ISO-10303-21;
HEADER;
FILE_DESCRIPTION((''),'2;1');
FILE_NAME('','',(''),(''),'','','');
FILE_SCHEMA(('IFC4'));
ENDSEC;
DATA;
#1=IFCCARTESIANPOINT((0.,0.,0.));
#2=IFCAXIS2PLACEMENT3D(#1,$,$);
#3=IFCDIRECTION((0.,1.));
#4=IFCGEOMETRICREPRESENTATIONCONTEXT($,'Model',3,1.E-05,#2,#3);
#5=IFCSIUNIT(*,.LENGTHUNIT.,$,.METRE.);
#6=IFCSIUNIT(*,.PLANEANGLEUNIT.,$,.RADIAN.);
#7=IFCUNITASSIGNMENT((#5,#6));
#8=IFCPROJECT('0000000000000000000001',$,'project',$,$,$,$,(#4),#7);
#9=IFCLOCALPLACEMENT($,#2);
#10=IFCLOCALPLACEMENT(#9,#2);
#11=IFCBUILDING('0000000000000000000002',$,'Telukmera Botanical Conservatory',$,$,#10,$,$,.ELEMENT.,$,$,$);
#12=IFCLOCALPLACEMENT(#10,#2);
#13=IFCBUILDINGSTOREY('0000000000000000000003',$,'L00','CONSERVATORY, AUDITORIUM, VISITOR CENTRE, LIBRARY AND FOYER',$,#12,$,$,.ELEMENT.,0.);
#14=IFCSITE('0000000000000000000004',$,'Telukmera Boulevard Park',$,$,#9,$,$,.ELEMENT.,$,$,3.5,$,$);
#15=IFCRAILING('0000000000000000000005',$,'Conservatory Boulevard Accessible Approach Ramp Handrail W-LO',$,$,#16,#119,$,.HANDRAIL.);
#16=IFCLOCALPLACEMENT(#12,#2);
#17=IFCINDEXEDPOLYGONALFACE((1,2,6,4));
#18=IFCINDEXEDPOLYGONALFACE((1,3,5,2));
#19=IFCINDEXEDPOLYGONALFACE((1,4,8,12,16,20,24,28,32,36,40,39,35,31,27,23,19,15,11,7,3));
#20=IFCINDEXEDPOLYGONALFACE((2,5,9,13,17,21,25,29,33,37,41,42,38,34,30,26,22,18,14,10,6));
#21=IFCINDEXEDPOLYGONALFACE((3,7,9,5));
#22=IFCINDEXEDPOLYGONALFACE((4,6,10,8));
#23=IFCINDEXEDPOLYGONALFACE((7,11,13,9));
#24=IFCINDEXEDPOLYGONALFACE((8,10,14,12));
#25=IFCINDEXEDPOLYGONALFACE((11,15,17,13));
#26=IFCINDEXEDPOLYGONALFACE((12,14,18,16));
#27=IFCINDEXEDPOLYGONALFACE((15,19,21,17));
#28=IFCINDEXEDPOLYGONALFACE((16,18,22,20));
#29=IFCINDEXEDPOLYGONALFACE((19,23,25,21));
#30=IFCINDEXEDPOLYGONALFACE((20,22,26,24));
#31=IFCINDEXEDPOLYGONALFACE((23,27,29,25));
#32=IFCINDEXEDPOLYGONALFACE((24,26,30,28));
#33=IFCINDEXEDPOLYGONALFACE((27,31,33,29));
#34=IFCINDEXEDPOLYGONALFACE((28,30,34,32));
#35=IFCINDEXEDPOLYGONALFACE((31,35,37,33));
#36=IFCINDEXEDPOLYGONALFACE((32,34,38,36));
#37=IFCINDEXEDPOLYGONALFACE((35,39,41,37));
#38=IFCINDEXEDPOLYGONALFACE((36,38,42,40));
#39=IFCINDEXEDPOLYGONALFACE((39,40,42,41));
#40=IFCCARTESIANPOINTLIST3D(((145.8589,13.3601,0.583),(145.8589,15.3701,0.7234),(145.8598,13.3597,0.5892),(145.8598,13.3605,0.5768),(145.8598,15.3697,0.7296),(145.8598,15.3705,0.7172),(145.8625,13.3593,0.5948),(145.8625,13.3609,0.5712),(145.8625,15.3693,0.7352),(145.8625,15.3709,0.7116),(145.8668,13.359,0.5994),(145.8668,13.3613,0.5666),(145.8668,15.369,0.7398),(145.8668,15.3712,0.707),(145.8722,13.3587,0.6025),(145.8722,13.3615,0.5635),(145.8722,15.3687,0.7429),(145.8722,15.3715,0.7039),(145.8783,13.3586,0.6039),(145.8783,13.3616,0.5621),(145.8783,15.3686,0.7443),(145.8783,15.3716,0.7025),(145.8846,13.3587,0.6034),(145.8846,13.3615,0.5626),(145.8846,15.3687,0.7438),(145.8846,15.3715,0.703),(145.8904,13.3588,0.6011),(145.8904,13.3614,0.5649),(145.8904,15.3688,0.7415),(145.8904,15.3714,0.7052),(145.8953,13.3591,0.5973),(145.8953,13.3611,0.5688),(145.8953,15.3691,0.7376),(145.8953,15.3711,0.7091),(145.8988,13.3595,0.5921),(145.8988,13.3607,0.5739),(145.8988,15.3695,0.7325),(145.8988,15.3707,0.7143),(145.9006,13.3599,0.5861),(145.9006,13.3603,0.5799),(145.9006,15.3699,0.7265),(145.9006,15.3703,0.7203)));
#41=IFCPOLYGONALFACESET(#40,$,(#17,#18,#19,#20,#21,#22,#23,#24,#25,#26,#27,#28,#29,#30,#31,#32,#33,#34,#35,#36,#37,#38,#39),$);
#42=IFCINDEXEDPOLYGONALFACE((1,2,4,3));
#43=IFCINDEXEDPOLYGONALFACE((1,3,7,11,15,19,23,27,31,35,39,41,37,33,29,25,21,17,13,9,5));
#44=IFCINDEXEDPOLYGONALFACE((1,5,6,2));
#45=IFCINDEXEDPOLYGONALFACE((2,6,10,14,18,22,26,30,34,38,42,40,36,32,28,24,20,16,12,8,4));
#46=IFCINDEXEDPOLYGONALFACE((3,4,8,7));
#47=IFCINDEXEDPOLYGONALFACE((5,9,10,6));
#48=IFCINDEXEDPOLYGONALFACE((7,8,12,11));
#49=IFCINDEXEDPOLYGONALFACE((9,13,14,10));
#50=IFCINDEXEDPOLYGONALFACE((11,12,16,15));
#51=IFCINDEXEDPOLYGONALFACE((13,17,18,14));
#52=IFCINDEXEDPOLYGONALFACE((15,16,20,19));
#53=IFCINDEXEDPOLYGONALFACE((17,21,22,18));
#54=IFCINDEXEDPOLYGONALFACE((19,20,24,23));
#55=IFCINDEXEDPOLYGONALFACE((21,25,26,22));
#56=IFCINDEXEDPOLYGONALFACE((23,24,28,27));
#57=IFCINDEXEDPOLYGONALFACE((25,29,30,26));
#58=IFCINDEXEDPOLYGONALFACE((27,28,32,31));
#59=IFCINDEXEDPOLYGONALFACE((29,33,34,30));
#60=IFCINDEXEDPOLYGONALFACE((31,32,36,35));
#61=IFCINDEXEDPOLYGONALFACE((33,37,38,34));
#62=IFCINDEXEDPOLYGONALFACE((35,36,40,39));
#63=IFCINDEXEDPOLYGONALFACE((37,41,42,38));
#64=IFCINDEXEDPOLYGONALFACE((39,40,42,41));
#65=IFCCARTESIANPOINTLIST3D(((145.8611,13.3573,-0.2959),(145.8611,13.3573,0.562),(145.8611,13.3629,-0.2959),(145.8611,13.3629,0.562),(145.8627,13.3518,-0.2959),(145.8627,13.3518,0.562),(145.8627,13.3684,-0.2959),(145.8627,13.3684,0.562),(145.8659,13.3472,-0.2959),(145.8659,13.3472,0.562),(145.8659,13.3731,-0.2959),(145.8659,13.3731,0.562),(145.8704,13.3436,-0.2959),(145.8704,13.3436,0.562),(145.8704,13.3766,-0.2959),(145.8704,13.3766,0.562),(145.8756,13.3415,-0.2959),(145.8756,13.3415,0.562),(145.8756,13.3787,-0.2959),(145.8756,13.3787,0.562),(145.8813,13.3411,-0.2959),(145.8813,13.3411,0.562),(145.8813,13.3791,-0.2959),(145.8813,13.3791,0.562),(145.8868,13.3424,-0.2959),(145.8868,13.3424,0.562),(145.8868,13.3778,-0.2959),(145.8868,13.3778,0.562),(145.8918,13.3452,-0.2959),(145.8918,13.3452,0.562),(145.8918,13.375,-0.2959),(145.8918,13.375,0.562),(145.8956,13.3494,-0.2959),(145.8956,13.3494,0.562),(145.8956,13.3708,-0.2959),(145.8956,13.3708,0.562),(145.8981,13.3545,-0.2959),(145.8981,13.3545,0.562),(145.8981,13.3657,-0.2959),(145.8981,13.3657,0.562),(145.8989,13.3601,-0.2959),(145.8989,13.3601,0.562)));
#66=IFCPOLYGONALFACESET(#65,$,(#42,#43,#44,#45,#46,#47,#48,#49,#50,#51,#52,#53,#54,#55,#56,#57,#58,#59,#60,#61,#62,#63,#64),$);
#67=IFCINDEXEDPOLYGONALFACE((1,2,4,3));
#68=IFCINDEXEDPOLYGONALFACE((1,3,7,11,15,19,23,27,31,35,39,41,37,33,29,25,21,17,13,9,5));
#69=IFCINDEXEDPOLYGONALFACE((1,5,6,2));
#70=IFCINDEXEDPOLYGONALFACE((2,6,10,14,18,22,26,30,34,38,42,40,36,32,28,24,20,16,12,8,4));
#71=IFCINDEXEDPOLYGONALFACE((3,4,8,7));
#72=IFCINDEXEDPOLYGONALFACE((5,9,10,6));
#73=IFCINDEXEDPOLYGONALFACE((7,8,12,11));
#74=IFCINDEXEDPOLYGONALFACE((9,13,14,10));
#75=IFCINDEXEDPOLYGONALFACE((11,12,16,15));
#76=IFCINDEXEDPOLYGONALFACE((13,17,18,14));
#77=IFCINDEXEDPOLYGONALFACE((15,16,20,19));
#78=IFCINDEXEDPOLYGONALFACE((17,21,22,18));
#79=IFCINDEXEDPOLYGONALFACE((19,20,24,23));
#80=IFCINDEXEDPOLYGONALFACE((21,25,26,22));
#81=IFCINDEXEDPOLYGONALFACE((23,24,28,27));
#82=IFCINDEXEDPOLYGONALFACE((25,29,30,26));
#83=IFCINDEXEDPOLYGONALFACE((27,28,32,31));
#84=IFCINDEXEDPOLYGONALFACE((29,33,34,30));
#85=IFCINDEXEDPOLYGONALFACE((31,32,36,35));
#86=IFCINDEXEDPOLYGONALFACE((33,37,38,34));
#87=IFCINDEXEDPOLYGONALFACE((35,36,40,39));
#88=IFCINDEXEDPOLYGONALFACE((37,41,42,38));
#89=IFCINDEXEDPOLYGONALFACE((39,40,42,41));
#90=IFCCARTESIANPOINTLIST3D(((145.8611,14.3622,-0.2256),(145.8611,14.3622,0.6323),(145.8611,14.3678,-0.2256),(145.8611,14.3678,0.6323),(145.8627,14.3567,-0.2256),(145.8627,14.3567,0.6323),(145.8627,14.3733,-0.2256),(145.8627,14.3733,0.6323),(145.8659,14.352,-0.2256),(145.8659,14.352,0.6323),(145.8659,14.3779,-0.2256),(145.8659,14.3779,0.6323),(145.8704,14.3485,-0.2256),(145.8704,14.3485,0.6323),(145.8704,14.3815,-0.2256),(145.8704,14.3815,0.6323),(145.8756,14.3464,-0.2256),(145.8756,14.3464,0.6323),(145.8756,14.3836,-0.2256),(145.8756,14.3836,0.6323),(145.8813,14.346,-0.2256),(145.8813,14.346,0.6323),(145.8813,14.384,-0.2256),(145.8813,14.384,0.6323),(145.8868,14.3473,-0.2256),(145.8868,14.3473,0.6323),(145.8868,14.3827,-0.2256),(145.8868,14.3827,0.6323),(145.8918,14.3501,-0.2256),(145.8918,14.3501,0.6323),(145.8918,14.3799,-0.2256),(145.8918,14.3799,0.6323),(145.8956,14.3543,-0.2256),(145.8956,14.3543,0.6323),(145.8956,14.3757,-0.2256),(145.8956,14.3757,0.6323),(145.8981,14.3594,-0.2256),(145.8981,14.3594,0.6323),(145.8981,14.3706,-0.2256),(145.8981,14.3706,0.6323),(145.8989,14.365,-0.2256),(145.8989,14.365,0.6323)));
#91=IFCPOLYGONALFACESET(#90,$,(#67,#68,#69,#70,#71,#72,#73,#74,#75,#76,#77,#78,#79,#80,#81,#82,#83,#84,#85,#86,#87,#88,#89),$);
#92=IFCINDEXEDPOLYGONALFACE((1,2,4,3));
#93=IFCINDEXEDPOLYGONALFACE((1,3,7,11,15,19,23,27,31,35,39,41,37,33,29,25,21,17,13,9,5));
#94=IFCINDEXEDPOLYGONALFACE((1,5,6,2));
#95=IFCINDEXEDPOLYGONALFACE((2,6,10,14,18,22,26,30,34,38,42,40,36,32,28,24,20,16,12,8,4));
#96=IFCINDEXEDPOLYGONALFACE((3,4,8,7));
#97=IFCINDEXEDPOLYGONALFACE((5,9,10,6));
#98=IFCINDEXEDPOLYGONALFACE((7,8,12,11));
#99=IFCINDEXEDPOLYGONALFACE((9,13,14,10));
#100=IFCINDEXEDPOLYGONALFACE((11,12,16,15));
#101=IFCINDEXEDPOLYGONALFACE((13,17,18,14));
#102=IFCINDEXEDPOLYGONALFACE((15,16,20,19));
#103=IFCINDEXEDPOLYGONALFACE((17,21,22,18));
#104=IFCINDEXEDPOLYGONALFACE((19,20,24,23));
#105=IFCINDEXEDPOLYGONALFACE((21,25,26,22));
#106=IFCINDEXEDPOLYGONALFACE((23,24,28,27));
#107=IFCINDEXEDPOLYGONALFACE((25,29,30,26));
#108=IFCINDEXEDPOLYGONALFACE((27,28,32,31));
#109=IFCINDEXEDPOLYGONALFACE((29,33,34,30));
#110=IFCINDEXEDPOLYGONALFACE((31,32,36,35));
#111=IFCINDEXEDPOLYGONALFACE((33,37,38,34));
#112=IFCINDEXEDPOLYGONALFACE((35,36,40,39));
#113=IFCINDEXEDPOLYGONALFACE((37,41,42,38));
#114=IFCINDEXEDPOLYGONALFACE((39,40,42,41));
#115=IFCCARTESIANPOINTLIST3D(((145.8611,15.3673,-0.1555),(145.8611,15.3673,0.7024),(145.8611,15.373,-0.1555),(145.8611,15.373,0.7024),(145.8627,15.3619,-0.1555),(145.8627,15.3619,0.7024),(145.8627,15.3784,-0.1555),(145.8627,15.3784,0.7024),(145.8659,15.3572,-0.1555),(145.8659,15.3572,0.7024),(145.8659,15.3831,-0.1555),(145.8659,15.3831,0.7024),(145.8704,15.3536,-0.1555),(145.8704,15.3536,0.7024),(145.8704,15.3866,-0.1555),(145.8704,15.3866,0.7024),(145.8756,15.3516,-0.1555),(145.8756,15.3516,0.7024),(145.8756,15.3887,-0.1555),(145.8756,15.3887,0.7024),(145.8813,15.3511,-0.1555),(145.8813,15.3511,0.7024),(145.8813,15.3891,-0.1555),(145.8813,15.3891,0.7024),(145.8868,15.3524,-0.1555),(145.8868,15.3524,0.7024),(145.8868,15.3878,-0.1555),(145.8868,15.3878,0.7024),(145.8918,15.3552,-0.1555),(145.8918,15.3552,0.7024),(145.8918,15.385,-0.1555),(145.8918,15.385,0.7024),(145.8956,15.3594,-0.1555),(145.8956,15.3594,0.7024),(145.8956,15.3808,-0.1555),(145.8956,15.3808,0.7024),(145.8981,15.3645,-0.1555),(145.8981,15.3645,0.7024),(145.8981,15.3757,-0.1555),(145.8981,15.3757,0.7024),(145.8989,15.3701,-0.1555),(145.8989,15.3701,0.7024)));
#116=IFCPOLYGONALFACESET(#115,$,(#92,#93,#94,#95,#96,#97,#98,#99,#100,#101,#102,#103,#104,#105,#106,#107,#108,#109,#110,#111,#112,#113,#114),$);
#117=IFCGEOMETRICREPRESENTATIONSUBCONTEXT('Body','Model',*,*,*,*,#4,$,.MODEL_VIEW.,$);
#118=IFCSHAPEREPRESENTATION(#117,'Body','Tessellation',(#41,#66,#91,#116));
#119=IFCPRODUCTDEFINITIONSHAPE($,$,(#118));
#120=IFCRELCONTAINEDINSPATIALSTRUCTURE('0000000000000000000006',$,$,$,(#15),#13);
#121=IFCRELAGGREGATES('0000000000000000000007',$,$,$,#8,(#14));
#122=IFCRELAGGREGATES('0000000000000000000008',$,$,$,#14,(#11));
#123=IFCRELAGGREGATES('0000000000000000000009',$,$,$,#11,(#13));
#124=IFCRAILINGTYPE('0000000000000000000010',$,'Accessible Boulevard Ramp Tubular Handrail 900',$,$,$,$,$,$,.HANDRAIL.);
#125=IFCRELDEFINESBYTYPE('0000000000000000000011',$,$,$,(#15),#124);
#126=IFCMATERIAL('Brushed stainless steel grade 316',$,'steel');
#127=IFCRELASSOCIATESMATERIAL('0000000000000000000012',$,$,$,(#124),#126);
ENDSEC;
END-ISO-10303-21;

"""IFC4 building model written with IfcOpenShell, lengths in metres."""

from ifc_helpers import new_model, si_unit, direction, frame, origin, origin_2d, place, context, subcontext, project, spatial, circle, extrude, material, type_object, element, save


model = new_model("IFC4")

# Units and contexts
model_context = context("Model", 3, precision=1e-05, world=origin(), true_north=direction((0.0, 1.0)))
body_context = subcontext(model_context, "Body", "Model", "MODEL_VIEW")
ifc_project = project(units=[si_unit("LENGTHUNIT", "METRE"), si_unit("PLANEANGLEUNIT", "RADIAN")], contexts=[model_context])

# Site, building, storey
site_placement = place(None, origin())
site = spatial("IfcSite", under=ifc_project, at=site_placement, Name="Telukmera Boulevard Park", CompositionType="ELEMENT", RefElevation=3.5)
building_placement = place(site_placement, origin())
building = spatial("IfcBuilding", under=site, at=building_placement, Name="Telukmera Botanical Conservatory", CompositionType="ELEMENT")
storey_placement = place(building_placement, origin())
storey = spatial("IfcBuildingStorey", under=building, at=storey_placement, Name="L00", Description="CONSERVATORY, AUDITORIUM, VISITOR CENTRE, LIBRARY AND FOYER", CompositionType="ELEMENT", Elevation=0.0)

# Railing
ifc_material_1 = material(Name="Brushed stainless steel grade 316", Category="steel")
railing_type = type_object("IfcRailingType", Name="Accessible Boulevard Ramp Tubular Handrail 900", PredefinedType="HANDRAIL", material=ifc_material_1)
railing_1_placement = place(storey_placement, frame((145.8799, 13.3601, -0.2959)))
element("IfcRailing", 1, at=railing_1_placement, inside=storey, type_object=railing_type, Name="Conservatory Boulevard Accessible Approach Ramp Handrail W-LO", PredefinedType="HANDRAIL", context=body_context, shape_type="SweptSolid", body=[
    extrude(circle(Radius=0.021, at=origin_2d()), frame((0.0, 0.0, 0.8789), z_axis=(0.0, 0.99757, 0.069671), x_axis=(-1.0, 0.0, 0.0)), (0.0, 0.0, 1.0), 2.0149),
    extrude(circle(Radius=0.019, at=origin_2d()), origin(), (0.0, 0.0, 1.0), 0.8579),
    extrude(circle(Radius=0.019, at=origin_2d()), frame((0.0, 1.0049, 0.0703)), (0.0, 0.0, 1.0), 0.8579),
    extrude(circle(Radius=0.019, at=origin_2d()), frame((0.0, 2.01, 0.1404)), (0.0, 0.0, 1.0), 0.8579),
])

save(model, "model.ifc")
